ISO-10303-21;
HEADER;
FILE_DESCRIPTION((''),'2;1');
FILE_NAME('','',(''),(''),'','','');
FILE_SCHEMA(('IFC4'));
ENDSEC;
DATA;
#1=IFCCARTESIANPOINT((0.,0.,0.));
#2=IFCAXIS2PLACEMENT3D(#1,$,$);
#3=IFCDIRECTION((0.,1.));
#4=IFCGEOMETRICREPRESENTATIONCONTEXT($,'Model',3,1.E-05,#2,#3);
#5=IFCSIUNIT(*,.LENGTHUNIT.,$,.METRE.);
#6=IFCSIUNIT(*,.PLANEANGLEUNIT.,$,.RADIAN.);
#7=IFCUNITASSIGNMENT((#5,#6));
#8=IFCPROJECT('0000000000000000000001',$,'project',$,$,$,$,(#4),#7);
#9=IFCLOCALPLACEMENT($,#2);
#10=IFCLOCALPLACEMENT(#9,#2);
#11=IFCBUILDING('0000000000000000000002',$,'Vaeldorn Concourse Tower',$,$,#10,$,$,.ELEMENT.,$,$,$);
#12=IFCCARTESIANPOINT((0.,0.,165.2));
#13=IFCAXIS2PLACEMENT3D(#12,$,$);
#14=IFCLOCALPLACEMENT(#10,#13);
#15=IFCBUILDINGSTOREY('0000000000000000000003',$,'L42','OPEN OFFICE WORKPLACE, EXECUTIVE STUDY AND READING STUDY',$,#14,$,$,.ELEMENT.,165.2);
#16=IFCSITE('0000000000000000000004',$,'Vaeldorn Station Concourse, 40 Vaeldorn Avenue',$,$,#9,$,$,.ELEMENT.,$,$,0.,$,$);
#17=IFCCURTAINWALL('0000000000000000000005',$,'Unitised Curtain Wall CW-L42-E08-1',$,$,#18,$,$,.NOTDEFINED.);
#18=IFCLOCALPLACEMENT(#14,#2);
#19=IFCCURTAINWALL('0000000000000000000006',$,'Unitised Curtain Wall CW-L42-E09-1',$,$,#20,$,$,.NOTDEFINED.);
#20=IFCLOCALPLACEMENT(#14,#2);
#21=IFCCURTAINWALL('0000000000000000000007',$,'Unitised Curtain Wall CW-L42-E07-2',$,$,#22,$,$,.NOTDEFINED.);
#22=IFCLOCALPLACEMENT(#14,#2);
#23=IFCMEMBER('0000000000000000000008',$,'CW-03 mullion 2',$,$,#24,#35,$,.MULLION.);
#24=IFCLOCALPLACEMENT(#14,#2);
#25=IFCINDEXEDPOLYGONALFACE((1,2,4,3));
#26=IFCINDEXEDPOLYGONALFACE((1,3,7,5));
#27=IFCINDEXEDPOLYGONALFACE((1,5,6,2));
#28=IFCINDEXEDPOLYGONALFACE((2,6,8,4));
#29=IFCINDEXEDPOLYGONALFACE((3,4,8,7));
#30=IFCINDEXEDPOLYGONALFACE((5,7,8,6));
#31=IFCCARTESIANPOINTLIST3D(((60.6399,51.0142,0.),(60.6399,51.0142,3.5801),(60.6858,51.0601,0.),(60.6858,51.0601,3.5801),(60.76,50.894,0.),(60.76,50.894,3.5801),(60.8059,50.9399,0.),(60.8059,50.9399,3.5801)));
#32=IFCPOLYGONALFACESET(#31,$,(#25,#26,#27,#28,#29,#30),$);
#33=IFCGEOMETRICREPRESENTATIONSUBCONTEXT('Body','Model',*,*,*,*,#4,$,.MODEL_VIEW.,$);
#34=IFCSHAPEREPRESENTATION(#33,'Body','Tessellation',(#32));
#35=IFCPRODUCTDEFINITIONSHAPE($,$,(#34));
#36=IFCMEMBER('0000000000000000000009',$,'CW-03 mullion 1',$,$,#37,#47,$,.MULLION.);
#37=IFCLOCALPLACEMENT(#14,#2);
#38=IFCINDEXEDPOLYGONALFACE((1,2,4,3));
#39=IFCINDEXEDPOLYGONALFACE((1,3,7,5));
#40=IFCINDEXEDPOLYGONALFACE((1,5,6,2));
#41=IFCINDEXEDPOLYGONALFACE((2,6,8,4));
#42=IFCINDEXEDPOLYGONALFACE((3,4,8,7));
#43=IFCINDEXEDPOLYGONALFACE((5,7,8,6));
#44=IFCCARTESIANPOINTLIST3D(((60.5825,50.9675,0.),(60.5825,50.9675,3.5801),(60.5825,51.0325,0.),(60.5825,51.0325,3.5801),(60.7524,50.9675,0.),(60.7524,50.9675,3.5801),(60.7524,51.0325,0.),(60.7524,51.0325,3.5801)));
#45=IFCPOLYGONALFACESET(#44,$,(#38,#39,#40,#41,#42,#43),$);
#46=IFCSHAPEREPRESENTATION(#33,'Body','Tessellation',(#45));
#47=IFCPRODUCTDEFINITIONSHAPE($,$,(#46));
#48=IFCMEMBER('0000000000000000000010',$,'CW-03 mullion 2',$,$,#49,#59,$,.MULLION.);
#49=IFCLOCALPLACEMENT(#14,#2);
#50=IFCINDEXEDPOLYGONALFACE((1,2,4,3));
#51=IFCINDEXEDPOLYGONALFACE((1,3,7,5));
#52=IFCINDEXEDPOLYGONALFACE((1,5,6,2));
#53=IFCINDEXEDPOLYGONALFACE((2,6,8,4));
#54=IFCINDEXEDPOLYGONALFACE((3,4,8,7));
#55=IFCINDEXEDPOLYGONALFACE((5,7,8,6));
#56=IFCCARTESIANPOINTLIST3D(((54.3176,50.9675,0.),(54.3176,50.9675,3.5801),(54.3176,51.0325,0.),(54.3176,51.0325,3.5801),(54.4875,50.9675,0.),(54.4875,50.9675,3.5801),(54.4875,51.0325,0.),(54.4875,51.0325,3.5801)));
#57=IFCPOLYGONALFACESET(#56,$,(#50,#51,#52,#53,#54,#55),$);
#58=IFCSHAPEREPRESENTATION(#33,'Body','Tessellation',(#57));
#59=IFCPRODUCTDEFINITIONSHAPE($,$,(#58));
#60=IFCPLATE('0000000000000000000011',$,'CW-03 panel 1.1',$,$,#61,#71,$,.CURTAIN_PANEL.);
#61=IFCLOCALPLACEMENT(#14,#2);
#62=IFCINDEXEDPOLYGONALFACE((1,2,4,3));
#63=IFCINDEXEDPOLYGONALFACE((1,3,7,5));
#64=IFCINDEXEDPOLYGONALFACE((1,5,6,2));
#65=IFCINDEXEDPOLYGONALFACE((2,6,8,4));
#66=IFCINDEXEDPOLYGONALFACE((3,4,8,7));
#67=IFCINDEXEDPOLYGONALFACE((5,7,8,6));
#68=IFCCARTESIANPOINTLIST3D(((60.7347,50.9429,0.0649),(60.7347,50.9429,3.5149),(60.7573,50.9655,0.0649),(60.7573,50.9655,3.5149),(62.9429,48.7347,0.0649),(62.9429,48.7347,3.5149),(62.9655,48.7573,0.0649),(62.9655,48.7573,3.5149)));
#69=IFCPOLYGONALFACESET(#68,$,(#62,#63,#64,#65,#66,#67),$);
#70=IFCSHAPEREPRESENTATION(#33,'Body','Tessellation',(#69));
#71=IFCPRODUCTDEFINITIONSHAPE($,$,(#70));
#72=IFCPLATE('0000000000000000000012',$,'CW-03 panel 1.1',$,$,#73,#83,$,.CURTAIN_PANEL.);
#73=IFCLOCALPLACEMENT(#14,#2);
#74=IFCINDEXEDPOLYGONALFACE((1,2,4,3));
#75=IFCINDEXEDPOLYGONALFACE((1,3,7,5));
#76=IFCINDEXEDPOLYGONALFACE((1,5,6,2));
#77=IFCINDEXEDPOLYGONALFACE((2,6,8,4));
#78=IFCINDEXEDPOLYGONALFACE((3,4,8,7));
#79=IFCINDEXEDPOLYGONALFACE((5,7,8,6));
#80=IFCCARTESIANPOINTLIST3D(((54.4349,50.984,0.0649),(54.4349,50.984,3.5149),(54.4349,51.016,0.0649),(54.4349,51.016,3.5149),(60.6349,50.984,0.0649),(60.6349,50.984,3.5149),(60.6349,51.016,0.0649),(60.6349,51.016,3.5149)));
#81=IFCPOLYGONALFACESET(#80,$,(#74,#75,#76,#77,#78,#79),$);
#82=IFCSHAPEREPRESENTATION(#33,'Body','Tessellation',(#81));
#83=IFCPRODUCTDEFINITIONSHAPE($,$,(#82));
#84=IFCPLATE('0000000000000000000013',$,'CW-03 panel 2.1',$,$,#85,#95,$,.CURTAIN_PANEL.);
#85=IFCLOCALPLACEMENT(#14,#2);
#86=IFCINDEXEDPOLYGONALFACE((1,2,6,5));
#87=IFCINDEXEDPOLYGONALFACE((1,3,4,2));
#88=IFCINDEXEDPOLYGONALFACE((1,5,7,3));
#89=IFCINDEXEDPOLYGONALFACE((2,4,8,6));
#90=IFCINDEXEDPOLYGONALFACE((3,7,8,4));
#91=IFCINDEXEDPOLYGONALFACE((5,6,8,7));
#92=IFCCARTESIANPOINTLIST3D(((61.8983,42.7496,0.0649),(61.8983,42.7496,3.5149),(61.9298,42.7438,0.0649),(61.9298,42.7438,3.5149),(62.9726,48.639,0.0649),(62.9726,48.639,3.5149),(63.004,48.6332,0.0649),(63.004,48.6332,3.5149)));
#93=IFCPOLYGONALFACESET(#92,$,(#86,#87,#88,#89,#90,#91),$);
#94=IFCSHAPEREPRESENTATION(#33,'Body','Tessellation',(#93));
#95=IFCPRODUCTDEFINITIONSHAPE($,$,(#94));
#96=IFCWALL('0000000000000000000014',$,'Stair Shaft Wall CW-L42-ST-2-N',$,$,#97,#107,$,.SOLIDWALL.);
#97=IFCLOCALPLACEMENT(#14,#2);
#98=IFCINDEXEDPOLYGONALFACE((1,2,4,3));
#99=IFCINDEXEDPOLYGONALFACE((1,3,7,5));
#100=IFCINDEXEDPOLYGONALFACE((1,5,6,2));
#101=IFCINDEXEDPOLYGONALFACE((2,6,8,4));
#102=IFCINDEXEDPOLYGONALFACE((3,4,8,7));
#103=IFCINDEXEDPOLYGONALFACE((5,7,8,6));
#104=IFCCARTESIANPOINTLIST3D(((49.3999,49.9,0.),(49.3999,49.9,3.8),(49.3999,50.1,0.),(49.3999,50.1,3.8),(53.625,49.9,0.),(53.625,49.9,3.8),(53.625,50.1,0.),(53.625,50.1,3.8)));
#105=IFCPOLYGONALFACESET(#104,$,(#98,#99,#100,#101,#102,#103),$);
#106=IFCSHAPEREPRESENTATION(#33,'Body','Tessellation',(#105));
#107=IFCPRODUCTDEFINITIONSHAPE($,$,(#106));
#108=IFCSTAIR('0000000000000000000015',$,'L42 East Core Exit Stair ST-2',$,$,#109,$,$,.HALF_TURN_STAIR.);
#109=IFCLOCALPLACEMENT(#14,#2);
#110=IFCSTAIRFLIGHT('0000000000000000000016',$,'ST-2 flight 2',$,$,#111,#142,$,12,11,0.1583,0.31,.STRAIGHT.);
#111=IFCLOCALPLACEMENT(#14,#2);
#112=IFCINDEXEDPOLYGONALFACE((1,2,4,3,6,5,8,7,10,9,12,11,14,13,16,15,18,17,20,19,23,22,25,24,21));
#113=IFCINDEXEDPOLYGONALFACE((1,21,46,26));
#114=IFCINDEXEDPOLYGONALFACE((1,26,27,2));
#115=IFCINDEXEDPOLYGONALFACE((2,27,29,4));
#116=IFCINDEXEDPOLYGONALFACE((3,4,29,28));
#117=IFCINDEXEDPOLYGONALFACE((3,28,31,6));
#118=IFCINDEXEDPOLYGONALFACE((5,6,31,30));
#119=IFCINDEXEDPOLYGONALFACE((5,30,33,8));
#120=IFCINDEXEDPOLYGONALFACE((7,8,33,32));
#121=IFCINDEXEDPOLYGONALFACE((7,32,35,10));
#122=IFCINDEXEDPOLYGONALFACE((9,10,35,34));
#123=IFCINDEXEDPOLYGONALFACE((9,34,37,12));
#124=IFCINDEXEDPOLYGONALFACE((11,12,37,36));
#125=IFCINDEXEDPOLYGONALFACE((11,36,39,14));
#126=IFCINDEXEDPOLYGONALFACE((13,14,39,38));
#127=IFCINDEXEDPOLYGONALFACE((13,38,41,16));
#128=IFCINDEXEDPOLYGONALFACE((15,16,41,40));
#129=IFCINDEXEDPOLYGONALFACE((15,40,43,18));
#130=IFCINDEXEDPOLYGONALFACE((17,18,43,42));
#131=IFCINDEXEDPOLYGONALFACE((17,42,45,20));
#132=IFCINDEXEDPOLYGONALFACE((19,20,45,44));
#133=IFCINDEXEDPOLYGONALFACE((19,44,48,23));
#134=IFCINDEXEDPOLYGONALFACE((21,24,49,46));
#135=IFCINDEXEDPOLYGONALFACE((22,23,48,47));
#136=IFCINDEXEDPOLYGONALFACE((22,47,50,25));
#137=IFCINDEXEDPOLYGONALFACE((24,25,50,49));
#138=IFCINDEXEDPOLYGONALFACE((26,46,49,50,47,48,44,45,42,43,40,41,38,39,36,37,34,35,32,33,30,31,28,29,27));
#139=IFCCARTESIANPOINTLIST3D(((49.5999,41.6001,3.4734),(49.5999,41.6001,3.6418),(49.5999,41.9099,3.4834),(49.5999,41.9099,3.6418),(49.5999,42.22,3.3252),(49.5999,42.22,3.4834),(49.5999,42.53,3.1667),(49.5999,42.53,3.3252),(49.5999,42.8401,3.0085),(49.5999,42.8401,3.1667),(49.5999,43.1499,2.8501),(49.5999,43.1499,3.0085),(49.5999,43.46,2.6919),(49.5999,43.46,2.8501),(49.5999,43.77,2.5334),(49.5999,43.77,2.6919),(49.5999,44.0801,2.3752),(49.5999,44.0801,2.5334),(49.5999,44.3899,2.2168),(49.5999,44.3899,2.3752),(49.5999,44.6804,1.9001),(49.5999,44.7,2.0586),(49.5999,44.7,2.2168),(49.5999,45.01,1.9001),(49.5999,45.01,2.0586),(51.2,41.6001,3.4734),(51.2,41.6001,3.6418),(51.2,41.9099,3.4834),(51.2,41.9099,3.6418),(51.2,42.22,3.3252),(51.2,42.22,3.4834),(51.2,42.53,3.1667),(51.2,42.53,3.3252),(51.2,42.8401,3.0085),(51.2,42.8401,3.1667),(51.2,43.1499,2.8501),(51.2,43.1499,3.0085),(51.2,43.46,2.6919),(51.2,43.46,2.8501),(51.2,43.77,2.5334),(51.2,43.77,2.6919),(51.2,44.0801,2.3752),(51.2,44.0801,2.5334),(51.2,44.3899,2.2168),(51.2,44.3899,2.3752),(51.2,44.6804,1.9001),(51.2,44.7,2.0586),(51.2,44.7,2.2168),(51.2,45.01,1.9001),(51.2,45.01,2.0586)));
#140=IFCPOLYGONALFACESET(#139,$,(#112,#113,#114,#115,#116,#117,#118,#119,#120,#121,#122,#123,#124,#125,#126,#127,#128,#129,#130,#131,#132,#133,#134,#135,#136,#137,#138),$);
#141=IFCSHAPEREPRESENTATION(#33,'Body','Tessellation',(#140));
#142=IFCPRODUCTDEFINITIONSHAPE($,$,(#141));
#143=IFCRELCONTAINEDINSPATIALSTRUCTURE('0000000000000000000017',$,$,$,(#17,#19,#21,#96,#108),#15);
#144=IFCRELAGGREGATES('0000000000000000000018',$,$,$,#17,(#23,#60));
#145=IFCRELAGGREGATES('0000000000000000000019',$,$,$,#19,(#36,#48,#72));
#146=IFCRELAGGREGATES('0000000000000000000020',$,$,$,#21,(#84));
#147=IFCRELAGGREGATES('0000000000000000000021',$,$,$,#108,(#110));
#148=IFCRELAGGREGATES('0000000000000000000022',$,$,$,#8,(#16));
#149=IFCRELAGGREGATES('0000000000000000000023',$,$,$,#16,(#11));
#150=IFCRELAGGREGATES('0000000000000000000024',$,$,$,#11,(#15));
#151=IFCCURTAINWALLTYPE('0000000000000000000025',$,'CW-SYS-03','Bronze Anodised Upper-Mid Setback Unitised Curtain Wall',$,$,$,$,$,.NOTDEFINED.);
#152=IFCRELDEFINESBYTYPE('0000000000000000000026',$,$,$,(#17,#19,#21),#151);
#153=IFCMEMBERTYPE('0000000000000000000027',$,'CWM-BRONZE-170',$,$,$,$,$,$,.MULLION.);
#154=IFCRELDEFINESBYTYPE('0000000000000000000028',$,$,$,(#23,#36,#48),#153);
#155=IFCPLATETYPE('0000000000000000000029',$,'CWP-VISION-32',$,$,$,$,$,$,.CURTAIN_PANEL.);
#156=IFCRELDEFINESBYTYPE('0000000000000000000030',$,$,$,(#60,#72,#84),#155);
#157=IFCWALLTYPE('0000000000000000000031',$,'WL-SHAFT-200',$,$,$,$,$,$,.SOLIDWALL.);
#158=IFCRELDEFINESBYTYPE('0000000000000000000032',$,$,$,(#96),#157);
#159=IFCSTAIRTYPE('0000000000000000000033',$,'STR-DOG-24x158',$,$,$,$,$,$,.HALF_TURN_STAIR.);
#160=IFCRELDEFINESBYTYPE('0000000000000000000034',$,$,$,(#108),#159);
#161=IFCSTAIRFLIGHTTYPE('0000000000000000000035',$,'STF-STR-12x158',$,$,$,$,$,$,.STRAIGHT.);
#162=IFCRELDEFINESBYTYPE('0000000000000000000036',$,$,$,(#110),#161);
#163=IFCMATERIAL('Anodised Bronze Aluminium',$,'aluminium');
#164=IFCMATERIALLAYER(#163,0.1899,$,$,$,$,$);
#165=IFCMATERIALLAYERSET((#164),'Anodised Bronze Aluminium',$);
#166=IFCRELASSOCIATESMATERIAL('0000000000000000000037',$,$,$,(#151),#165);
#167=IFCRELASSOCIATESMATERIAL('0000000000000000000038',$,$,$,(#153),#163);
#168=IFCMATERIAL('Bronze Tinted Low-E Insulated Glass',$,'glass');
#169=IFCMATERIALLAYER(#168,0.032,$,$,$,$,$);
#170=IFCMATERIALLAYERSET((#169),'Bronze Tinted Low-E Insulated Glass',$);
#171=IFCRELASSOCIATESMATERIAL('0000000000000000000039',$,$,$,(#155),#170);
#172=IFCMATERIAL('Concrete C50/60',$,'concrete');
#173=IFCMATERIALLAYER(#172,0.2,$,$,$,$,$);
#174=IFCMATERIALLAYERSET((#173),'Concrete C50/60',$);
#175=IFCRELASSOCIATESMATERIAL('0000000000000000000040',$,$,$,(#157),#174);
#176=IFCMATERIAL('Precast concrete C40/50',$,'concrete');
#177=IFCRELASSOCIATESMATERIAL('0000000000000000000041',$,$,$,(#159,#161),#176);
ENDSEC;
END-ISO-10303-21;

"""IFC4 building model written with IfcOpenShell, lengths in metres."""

from ifc_helpers import new_model, si_unit, direction, frame, frame_2d, origin, origin_2d, place, context, subcontext, project, spatial, polyline, rectangle, outline, extrude, source, transform, mapped, material, layer, layer_set, material_profile, profile_set, type_object, element, aggregate, save


model = new_model("IFC4")

# Units and contexts
model_context = context("Model", 3, precision=1e-05, world=origin(), true_north=direction((0.0, 1.0)))
body_context = subcontext(model_context, "Body", "Model", "MODEL_VIEW")
ifc_project = project(units=[si_unit("LENGTHUNIT", "METRE"), si_unit("PLANEANGLEUNIT", "RADIAN")], contexts=[model_context])

# Site, building, storey
site_placement = place(None, origin())
site = spatial("IfcSite", under=ifc_project, at=site_placement, Name="Vaeldorn Station Concourse, 40 Vaeldorn Avenue", CompositionType="ELEMENT", RefElevation=0.0)
building_placement = place(site_placement, origin())
building = spatial("IfcBuilding", under=site, at=building_placement, Name="Vaeldorn Concourse Tower", CompositionType="ELEMENT")
storey_placement = place(building_placement, frame((0.0, 0.0, 165.2)))
storey = spatial("IfcBuildingStorey", under=building, at=storey_placement, Name="L42", Description="OPEN OFFICE WORKPLACE, EXECUTIVE STUDY AND READING STUDY", CompositionType="ELEMENT", Elevation=165.2)

# Curtain walls
ifc_material_1 = material(Name="Anodised Bronze Aluminium", Category="aluminium")
ifc_layer_1 = layer(ifc_material_1, 0.1899)
ifc_layer_set_1 = layer_set([ifc_layer_1], Name="Anodised Bronze Aluminium")
curtain_wall_type = type_object("IfcCurtainWallType", Name="CW-SYS-03", Description="Bronze Anodised Upper-Mid Setback Unitised Curtain Wall", PredefinedType="NOTDEFINED", material=ifc_layer_set_1)
curtain_wall_1_placement = place(storey_placement, origin())
curtain_wall_1 = element("IfcCurtainWall", 1, at=curtain_wall_1_placement, inside=storey, type_object=curtain_wall_type, Name="Unitised Curtain Wall CW-L42-E08-1", PredefinedType="NOTDEFINED")
curtain_wall_2_placement = place(storey_placement, origin())
curtain_wall_2 = element("IfcCurtainWall", 2, at=curtain_wall_2_placement, inside=storey, type_object=curtain_wall_type, Name="Unitised Curtain Wall CW-L42-E09-1", PredefinedType="NOTDEFINED")

# Curtain wall
curtain_wall_3_placement = place(storey_placement, origin())
curtain_wall_3 = element("IfcCurtainWall", 3, at=curtain_wall_3_placement, inside=storey, type_object=curtain_wall_type, Name="Unitised Curtain Wall CW-L42-E07-2", PredefinedType="NOTDEFINED")
ifc_material_profile_1 = material_profile(ifc_material_1, rectangle(XDim=0.0649, YDim=0.1699, at=origin_2d()), Name="CWM 65x170")
ifc_profile_set_1 = profile_set([ifc_material_profile_1], Name="Anodised Bronze Aluminium")
member_type_1 = type_object("IfcMemberType", Name="CWM-BRONZE-170", PredefinedType="MULLION", material=ifc_profile_set_1)
shared_shape_1 = source(origin(), body_context, "Body", "SweptSolid", [
    extrude(rectangle(XDim=0.0649, YDim=0.1699, at=origin_2d()), origin(), (0.0, 0.0, 1.0), 3.5801),
])

# Members
member_1_placement = place(storey_placement, frame((60.7229, 50.9771, 0.0), z_axis=(0.0, 0.0, 1.0), x_axis=(-0.707107, -0.707107, 0.0)))
member_1 = element("IfcMember", 4, at=member_1_placement, type_object=member_type_1, Name="CW-03 mullion 2", PredefinedType="MULLION", context=body_context, shape_type="MappedRepresentation", body=[
    mapped(shared_shape_1, transform((0.0, 0.0, 0.0), scale=1.0)),
])
member_2_placement = place(storey_placement, frame((60.6675, 51.0, 0.0), z_axis=(0.0, 0.0, 1.0), x_axis=(0.0, -1.0, 0.0)))
member_2 = element("IfcMember", 5, at=member_2_placement, type_object=member_type_1, Name="CW-03 mullion 1", PredefinedType="MULLION", context=body_context, shape_type="MappedRepresentation", body=[
    mapped(shared_shape_1, transform((0.0, 0.0, 0.0), scale=1.0)),
])
member_3_placement = place(storey_placement, frame((54.4026, 51.0, 0.0), z_axis=(0.0, 0.0, 1.0), x_axis=(0.0, -1.0, 0.0)))
member_3 = element("IfcMember", 6, at=member_3_placement, type_object=member_type_1, Name="CW-03 mullion 2", PredefinedType="MULLION", context=body_context, shape_type="MappedRepresentation", body=[
    mapped(shared_shape_1, transform((0.0, 0.0, 0.0), scale=1.0)),
])

# Plates
ifc_material_2 = material(Name="Bronze Tinted Low-E Insulated Glass", Category="glass")
ifc_layer_2 = layer(ifc_material_2, 0.032)
ifc_layer_set_2 = layer_set([ifc_layer_2], Name="Bronze Tinted Low-E Insulated Glass")
plate_type = type_object("IfcPlateType", Name="CWP-VISION-32", PredefinedType="CURTAIN_PANEL", material=ifc_layer_set_2)
shared_shape_2 = source(origin(), body_context, "Body", "SweptSolid", [
    extrude(rectangle(XDim=3.1228, YDim=0.032, at=origin_2d()), origin(), (0.0, 0.0, 1.0), 3.45),
])
plate_1_placement = place(storey_placement, frame((61.8501, 49.8501, 0.0649), z_axis=(0.0, 0.0, 1.0), x_axis=(-0.707107, 0.707107, 0.0)))
plate_1 = element("IfcPlate", 7, at=plate_1_placement, type_object=plate_type, Name="CW-03 panel 1.1", PredefinedType="CURTAIN_PANEL", context=body_context, shape_type="MappedRepresentation", body=[
    mapped(shared_shape_2, transform((0.0, 0.0, 0.0), scale=1.0)),
])
aggregate(curtain_wall_1, [member_1, plate_1])
shared_shape_3 = source(origin(), body_context, "Body", "SweptSolid", [
    extrude(rectangle(XDim=6.2, YDim=0.032, at=origin_2d()), origin(), (0.0, 0.0, 1.0), 3.45),
])
plate_2_placement = place(storey_placement, frame((57.5349, 51.0, 0.0649), z_axis=(0.0, 0.0, 1.0), x_axis=(-1.0, 0.0, 0.0)))
plate_2 = element("IfcPlate", 8, at=plate_2_placement, type_object=plate_type, Name="CW-03 panel 1.1", PredefinedType="CURTAIN_PANEL", context=body_context, shape_type="MappedRepresentation", body=[
    mapped(shared_shape_3, transform((0.0, 0.0, 0.0), scale=1.0)),
])
aggregate(curtain_wall_2, [member_2, member_3, plate_2])
shared_shape_4 = source(origin(), body_context, "Body", "SweptSolid", [
    extrude(rectangle(XDim=5.9866, YDim=0.032, at=origin_2d()), origin(), (0.0, 0.0, 1.0), 3.45),
])
plate_3_placement = place(storey_placement, frame((62.4512, 45.6914, 0.0649), z_axis=(0.0, 0.0, 1.0), x_axis=(0.179447, 0.983768, 0.0)))
plate_3 = element("IfcPlate", 9, at=plate_3_placement, type_object=plate_type, Name="CW-03 panel 2.1", PredefinedType="CURTAIN_PANEL", context=body_context, shape_type="MappedRepresentation", body=[
    mapped(shared_shape_4, transform((0.0, 0.0, 0.0), scale=1.0)),
])
aggregate(curtain_wall_3, [plate_3])

# Wall
ifc_material_3 = material(Name="Concrete C50/60", Category="concrete")
ifc_layer_3 = layer(ifc_material_3, 0.2)
ifc_layer_set_3 = layer_set([ifc_layer_3], Name="Concrete C50/60")
wall_type = type_object("IfcWallType", Name="WL-SHAFT-200", PredefinedType="SOLIDWALL", material=ifc_layer_set_3)
wall_placement = place(storey_placement, frame((49.3999, 50.0, 0.0), z_axis=(0.0, 0.0, 1.0), x_axis=(1.0, 0.0, 0.0)))
element("IfcWall", 10, at=wall_placement, inside=storey, type_object=wall_type, Name="Stair Shaft Wall CW-L42-ST-2-N", PredefinedType="SOLIDWALL", context=body_context, shape_type="SweptSolid", body=[
    extrude(rectangle(XDim=4.2251, YDim=0.2, at=frame_2d((2.1125, 0.0))), origin(), (0.0, 0.0, 1.0), 3.8),
])

# Stair, stair flight
ifc_material_4 = material(Name="Precast concrete C40/50", Category="concrete")
stair_type = type_object("IfcStairType", Name="STR-DOG-24x158", PredefinedType="HALF_TURN_STAIR", material=ifc_material_4)
stair_placement = place(storey_placement, origin())
stair = element("IfcStair", 11, at=stair_placement, inside=storey, type_object=stair_type, Name="L42 East Core Exit Stair ST-2", PredefinedType="HALF_TURN_STAIR")
stair_flight_type = type_object("IfcStairFlightType", Name="STF-STR-12x158", PredefinedType="STRAIGHT", material=ifc_material_4)
stair_flight_placement = place(storey_placement, frame((50.3999, 45.01, 1.9001), z_axis=(0.0, 0.0, 1.0), x_axis=(0.0, -1.0, 0.0)))
stair_flight = element("IfcStairFlight", 12, at=stair_flight_placement, type_object=stair_flight_type, Name="ST-2 flight 2", NumberOfRisers=12, NumberOfTreads=11, PredefinedType="STRAIGHT", RiserHeight=0.1583, TreadLength=0.31, context=body_context, shape_type="SweptSolid", body=[
    extrude(outline(polyline([(0.0, 0.0), (0.0, 0.1584), (0.3101, 0.1584), (0.3101, 0.3167), (0.6201, 0.3167), (0.6201, 0.4751), (0.9299, 0.4751), (0.9299, 0.6333), (1.24, 0.6333), (1.24, 0.7917), (1.55, 0.7917), (1.55, 0.95), (1.8601, 0.95), (1.8601, 1.1084), (2.1699, 1.1084), (2.1699, 1.2666), (2.48, 1.2666), (2.48, 1.425), (2.79, 1.425), (2.79, 1.5833), (3.1001, 1.5833), (3.1001, 1.7417), (3.4099, 1.7417), (3.4099, 1.8999), (3.4099, 1.5732), (0.3296, 0.0), (0.0, 0.0)])), frame((0.0, 0.8, 0.0), z_axis=(0.0, -1.0, 0.0), x_axis=(1.0, 0.0, 0.0)), (0.0, 0.0, 1.0), 1.6001),
])
aggregate(stair, [stair_flight])

save(model, "model.ifc")
